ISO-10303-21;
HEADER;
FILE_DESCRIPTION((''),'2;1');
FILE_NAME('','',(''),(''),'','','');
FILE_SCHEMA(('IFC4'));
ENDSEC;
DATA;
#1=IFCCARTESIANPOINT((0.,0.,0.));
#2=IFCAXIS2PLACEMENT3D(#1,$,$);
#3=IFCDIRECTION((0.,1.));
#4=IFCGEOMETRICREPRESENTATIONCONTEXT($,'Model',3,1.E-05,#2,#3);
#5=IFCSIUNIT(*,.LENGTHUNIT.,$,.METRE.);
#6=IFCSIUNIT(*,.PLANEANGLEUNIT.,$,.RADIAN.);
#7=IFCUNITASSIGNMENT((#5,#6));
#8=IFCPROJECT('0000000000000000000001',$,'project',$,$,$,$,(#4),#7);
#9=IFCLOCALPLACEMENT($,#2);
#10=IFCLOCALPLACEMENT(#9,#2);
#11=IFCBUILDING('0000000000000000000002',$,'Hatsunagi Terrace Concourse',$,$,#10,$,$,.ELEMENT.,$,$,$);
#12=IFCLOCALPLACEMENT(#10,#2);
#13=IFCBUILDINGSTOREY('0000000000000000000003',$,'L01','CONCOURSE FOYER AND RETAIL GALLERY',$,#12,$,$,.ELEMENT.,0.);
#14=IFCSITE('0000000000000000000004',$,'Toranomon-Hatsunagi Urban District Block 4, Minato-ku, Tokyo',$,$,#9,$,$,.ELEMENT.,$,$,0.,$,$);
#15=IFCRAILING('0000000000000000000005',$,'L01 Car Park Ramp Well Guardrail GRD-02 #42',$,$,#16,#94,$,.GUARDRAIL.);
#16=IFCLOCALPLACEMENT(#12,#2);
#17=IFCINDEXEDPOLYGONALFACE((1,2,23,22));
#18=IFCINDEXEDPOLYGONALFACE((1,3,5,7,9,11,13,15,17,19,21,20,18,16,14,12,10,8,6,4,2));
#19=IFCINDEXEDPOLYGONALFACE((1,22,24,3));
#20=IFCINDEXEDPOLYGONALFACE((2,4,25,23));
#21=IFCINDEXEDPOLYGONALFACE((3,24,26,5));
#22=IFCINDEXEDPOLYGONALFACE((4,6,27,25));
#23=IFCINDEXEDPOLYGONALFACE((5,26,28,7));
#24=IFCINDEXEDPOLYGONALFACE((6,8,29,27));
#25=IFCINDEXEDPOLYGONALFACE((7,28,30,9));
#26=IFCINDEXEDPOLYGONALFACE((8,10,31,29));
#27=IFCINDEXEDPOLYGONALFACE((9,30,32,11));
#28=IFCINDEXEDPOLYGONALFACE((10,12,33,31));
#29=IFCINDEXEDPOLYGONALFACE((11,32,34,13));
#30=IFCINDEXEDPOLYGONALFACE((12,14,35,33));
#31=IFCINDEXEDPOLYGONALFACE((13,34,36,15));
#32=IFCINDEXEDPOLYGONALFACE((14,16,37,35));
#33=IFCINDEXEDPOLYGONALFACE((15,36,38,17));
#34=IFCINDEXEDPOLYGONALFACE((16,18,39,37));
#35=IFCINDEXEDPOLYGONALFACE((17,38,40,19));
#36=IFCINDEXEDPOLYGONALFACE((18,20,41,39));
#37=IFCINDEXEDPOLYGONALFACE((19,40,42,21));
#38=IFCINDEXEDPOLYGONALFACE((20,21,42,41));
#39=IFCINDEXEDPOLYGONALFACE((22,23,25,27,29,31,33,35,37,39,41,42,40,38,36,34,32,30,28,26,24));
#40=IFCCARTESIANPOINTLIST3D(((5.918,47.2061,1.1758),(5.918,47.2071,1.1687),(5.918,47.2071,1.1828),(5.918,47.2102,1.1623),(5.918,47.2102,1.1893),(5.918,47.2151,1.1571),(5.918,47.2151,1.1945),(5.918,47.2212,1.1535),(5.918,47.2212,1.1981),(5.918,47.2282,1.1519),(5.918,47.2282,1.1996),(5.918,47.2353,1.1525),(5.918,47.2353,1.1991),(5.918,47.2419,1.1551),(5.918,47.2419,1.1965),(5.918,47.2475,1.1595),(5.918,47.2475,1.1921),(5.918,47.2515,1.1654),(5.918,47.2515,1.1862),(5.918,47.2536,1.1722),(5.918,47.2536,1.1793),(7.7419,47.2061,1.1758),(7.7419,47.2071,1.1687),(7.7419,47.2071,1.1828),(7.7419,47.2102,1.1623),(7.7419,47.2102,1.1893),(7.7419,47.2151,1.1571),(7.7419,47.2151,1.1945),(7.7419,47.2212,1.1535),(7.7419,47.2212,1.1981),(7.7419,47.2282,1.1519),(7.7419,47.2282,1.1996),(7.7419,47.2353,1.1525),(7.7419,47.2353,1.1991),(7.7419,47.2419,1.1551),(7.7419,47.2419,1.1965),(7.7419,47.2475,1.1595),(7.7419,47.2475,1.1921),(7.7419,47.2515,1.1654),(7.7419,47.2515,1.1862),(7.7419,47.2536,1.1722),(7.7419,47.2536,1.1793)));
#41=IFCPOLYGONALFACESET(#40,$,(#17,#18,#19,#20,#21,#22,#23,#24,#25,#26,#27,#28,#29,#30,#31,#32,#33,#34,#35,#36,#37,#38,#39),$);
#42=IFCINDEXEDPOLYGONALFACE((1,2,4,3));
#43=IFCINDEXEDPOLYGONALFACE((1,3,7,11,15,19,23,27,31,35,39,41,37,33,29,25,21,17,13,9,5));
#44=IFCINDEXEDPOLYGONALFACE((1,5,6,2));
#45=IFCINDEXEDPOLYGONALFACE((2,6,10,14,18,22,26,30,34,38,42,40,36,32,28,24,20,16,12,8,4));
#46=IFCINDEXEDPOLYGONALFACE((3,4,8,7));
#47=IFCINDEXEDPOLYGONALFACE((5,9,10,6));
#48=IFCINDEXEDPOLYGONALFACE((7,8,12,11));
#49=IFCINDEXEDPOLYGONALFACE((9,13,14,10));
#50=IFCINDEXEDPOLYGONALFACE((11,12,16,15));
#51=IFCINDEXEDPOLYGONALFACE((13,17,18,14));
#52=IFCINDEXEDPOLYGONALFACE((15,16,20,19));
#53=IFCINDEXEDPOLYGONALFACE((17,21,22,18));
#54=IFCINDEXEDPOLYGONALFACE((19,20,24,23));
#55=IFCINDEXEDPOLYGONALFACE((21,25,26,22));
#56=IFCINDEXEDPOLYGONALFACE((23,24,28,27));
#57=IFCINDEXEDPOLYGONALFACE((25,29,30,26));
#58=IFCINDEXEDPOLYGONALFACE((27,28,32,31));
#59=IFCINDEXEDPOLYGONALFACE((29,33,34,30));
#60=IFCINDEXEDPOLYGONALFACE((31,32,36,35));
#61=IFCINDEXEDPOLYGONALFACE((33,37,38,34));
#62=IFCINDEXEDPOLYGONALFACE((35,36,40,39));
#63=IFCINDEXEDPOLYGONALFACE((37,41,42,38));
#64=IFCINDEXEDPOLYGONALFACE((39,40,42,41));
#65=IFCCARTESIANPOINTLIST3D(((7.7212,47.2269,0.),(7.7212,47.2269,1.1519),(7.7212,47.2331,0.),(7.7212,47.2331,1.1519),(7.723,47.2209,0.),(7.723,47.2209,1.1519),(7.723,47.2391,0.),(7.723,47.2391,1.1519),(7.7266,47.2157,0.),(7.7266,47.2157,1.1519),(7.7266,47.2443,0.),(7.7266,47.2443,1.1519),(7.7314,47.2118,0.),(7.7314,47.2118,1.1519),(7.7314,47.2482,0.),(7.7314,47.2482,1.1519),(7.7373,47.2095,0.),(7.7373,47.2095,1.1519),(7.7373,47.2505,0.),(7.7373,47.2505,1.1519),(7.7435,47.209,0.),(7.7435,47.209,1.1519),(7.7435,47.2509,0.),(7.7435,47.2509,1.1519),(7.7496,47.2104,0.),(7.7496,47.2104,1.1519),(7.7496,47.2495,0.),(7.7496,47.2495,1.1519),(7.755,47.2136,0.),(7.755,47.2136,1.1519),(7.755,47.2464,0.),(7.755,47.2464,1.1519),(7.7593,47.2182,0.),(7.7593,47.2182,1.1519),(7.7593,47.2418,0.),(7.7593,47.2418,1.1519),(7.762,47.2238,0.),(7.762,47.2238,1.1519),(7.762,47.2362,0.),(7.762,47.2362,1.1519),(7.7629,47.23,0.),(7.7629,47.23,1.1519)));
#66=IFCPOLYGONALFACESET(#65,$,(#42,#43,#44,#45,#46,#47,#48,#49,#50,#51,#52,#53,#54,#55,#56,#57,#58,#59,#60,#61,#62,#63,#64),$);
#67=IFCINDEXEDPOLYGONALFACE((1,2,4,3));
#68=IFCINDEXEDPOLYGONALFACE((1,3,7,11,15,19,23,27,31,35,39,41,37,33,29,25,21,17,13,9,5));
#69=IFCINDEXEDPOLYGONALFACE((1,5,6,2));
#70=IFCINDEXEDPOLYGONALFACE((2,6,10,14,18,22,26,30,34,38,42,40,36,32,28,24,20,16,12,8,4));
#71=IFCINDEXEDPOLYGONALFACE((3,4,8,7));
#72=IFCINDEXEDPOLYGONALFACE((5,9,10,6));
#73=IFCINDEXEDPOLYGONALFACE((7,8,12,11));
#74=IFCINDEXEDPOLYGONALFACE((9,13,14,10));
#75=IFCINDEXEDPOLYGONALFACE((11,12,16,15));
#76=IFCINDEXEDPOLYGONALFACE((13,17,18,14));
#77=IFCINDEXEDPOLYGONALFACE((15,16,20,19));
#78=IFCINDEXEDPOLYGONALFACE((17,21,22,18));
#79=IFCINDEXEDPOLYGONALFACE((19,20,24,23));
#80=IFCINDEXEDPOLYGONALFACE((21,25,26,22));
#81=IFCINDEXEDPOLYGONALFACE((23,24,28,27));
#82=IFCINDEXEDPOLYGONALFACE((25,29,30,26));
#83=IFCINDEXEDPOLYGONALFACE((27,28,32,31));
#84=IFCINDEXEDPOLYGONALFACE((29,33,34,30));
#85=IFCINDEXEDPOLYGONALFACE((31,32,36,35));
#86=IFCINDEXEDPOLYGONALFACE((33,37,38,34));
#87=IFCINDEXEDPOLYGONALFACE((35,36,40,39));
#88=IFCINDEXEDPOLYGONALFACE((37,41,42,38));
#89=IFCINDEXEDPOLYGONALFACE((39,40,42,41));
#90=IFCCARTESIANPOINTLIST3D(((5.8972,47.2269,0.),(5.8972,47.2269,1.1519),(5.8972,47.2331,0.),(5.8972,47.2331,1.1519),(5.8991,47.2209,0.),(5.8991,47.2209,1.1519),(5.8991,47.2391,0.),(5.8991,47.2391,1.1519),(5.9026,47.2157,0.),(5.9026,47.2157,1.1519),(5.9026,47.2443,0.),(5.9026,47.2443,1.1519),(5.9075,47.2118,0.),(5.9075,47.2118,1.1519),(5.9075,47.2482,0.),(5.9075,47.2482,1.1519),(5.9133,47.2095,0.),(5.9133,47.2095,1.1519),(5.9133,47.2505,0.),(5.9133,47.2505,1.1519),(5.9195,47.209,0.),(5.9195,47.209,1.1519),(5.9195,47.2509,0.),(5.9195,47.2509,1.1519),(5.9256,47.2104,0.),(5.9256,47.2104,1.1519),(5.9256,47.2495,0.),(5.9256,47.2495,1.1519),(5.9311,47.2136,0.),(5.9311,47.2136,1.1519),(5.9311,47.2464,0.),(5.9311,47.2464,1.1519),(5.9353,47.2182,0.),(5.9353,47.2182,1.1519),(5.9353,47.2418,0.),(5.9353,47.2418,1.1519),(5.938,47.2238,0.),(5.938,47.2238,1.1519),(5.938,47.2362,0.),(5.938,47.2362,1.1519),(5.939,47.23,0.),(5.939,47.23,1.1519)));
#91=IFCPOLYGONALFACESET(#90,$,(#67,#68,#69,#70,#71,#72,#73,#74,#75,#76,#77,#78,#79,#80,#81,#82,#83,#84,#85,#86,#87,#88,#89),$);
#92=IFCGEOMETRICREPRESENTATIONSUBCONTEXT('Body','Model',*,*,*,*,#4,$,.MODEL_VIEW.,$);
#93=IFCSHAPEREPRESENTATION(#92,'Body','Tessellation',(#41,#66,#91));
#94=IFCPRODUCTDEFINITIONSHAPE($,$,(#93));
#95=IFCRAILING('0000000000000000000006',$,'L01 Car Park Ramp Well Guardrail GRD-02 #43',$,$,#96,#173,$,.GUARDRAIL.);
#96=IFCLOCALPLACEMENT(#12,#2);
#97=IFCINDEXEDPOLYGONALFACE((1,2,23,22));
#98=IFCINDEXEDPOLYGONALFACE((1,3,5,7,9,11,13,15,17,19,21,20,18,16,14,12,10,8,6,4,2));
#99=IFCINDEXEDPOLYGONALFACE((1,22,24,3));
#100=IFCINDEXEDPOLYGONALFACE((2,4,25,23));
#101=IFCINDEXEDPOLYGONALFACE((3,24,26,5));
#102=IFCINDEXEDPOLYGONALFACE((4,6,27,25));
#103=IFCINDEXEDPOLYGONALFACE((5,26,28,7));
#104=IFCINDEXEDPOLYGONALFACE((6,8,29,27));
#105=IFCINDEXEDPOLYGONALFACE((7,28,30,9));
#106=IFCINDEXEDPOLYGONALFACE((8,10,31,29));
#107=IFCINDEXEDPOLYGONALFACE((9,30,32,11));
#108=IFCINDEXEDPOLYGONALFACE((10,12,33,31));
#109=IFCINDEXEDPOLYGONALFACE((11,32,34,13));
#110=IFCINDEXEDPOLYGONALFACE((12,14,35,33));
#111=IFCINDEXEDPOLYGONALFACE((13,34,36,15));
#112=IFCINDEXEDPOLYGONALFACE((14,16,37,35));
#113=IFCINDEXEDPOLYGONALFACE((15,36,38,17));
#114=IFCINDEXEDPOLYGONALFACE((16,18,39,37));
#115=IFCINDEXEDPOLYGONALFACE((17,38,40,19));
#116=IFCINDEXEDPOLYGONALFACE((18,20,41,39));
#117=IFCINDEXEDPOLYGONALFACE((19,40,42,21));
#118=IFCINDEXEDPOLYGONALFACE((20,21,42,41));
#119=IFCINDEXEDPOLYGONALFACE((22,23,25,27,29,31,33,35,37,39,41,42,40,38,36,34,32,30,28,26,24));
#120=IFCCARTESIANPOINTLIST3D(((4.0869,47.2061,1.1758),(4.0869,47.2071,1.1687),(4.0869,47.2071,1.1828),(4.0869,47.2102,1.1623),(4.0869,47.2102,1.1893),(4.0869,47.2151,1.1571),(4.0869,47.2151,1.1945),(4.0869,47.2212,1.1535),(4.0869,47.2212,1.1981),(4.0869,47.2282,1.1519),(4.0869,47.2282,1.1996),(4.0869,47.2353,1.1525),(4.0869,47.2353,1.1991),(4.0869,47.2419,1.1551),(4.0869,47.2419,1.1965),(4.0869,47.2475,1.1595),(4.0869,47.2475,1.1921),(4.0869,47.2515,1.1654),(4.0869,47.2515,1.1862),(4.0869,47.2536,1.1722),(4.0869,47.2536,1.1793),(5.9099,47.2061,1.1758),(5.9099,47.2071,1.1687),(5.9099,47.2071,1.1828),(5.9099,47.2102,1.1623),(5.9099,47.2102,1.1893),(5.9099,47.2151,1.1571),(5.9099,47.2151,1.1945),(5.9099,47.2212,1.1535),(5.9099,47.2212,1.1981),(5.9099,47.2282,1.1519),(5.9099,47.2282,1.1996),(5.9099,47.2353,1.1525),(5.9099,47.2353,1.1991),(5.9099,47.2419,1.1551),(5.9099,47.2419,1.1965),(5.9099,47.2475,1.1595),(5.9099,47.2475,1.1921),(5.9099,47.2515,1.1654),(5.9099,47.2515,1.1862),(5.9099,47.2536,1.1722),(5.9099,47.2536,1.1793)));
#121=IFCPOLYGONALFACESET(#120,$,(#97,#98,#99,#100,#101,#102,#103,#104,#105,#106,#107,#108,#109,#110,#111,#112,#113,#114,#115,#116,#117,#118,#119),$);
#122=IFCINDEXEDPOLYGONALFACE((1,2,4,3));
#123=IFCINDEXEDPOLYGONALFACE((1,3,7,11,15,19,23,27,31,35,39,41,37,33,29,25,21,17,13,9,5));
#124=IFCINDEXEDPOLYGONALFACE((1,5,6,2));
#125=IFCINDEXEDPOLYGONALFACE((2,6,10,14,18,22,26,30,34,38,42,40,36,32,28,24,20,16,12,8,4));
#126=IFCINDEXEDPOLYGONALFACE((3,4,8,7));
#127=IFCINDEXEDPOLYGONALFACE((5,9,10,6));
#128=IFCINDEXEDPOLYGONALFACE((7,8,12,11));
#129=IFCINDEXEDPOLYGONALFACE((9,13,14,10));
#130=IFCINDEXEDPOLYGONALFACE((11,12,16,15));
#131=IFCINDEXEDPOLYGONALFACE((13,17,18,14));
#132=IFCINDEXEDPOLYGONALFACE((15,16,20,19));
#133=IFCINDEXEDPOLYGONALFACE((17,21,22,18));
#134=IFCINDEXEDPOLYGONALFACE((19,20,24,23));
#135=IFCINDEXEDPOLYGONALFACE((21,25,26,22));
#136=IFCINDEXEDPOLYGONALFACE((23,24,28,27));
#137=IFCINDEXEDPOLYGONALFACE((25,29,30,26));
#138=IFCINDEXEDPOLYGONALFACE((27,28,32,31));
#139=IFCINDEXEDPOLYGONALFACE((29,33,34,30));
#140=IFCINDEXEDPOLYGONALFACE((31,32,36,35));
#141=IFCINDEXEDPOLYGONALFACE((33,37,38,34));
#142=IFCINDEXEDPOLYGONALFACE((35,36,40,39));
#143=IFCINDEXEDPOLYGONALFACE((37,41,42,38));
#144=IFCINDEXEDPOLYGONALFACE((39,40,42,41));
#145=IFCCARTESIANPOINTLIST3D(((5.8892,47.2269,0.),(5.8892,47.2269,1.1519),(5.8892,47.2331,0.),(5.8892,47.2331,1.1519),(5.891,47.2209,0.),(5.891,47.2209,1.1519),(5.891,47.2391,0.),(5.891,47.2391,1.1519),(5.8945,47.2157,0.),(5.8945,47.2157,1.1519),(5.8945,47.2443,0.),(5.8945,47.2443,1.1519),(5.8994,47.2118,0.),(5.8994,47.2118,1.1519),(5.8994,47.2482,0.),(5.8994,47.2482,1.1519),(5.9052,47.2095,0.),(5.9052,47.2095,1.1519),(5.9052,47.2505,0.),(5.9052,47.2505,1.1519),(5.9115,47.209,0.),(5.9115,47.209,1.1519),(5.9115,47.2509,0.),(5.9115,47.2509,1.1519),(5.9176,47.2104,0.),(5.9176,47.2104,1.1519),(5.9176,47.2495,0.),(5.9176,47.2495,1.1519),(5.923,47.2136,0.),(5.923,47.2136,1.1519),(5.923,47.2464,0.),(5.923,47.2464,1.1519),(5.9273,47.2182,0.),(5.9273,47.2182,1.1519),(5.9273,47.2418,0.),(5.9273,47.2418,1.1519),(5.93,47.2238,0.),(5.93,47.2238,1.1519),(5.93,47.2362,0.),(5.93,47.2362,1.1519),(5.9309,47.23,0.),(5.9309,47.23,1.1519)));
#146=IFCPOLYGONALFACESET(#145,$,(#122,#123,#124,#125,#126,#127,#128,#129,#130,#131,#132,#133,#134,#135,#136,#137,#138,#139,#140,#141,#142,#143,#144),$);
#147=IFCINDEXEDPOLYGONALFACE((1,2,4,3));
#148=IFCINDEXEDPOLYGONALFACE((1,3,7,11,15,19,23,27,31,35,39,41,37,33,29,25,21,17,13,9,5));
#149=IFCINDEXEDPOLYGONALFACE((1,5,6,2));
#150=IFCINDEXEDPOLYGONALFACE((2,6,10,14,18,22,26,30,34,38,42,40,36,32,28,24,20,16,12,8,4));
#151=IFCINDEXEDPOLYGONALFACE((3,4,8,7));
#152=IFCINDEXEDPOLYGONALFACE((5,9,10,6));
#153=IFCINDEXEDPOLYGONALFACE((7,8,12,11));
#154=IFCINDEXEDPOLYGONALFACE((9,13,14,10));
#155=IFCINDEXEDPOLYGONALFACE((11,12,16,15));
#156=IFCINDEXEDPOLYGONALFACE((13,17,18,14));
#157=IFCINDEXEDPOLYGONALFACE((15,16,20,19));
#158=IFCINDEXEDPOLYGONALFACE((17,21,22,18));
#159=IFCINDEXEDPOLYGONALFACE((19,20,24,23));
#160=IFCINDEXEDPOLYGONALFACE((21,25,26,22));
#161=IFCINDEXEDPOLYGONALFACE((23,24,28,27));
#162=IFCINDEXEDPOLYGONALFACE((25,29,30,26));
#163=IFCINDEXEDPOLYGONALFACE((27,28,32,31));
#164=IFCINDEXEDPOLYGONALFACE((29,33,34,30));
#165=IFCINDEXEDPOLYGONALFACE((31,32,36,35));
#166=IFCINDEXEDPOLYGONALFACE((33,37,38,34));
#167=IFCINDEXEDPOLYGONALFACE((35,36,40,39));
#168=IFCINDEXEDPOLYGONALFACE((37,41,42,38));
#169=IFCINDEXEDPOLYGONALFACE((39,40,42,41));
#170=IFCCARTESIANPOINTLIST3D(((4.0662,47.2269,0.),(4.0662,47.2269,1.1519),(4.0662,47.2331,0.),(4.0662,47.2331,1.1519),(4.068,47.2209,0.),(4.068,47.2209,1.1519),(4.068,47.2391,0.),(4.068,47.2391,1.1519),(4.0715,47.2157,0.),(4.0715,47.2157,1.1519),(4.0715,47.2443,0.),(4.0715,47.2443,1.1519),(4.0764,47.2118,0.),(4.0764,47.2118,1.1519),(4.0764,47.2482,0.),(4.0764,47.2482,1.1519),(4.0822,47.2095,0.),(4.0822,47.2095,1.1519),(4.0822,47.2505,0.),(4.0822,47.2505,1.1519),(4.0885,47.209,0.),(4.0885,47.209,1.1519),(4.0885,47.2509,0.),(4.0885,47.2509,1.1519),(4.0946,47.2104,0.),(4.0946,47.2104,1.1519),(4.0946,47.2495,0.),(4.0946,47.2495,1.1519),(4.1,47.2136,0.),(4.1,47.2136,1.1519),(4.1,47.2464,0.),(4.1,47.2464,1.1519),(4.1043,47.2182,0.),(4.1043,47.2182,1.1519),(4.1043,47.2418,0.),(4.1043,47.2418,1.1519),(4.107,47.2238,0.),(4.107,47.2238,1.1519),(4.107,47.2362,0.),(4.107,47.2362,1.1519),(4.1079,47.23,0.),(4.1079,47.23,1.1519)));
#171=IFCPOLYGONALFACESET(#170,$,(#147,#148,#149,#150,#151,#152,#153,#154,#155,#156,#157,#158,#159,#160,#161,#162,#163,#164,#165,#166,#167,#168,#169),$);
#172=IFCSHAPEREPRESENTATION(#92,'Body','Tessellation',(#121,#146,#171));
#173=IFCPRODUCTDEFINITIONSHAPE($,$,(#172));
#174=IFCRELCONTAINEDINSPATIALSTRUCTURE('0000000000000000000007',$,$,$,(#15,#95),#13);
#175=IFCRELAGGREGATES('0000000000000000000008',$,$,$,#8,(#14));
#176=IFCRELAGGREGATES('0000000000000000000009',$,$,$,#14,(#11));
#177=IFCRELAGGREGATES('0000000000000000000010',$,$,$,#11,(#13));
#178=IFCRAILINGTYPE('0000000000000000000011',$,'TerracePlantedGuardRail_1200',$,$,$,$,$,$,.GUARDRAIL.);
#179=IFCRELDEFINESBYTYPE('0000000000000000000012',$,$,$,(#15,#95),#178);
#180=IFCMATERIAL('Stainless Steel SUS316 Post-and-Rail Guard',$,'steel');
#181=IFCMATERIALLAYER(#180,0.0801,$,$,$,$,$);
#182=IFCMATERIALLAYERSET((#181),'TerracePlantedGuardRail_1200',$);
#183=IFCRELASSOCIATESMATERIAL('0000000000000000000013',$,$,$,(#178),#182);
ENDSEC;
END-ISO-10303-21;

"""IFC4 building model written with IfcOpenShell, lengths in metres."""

from ifc_helpers import new_model, si_unit, direction, frame, origin, origin_2d, place, context, subcontext, project, spatial, circle, extrude, material, layer, layer_set, type_object, element, save


model = new_model("IFC4")

# Units and contexts
model_context = context("Model", 3, precision=1e-05, world=origin(), true_north=direction((0.0, 1.0)))
body_context = subcontext(model_context, "Body", "Model", "MODEL_VIEW")
ifc_project = project(units=[si_unit("LENGTHUNIT", "METRE"), si_unit("PLANEANGLEUNIT", "RADIAN")], contexts=[model_context])

# Site, building, storey
site_placement = place(None, origin())
site = spatial("IfcSite", under=ifc_project, at=site_placement, Name="Toranomon-Hatsunagi Urban District Block 4, Minato-ku, Tokyo", CompositionType="ELEMENT", RefElevation=0.0)
building_placement = place(site_placement, origin())
building = spatial("IfcBuilding", under=site, at=building_placement, Name="Hatsunagi Terrace Concourse", CompositionType="ELEMENT")
storey_placement = place(building_placement, origin())
storey = spatial("IfcBuildingStorey", under=building, at=storey_placement, Name="L01", Description="CONCOURSE FOYER AND RETAIL GALLERY", CompositionType="ELEMENT", Elevation=0.0)

# Railings
ifc_material_1 = material(Name="Stainless Steel SUS316 Post-and-Rail Guard", Category="steel")
ifc_layer_1 = layer(ifc_material_1, 0.0801)
ifc_layer_set_1 = layer_set([ifc_layer_1], Name="TerracePlantedGuardRail_1200")
railing_type_1 = type_object("IfcRailingType", Name="TerracePlantedGuardRail_1200", PredefinedType="GUARDRAIL", material=ifc_layer_set_1)
railing_1_placement = place(storey_placement, frame((7.7419, 47.23, 0.0)))
element("IfcRailing", 1, at=railing_1_placement, inside=storey, type_object=railing_type_1, Name="L01 Car Park Ramp Well Guardrail GRD-02 #42", PredefinedType="GUARDRAIL", context=body_context, shape_type="SweptSolid", body=[
    extrude(circle(Radius=0.0239, at=origin_2d()), frame((0.0, 0.0, 1.1758), z_axis=(-1.0, 0.0, 0.0), x_axis=(0.0, -1.0, 0.0)), (0.0, 0.0, 1.0), 1.824),
    extrude(circle(Radius=0.021, at=origin_2d()), origin(), (0.0, 0.0, 1.0), 1.1519),
    extrude(circle(Radius=0.021, at=origin_2d()), frame((-1.824, 0.0, 0.0)), (0.0, 0.0, 1.0), 1.1519),
])
railing_2_placement = place(storey_placement, frame((5.9099, 47.23, 0.0)))
element("IfcRailing", 2, at=railing_2_placement, inside=storey, type_object=railing_type_1, Name="L01 Car Park Ramp Well Guardrail GRD-02 #43", PredefinedType="GUARDRAIL", context=body_context, shape_type="SweptSolid", body=[
    extrude(circle(Radius=0.0239, at=origin_2d()), frame((0.0, 0.0, 1.1758), z_axis=(-1.0, 0.0, 0.0), x_axis=(0.0, -1.0, 0.0)), (0.0, 0.0, 1.0), 1.823),
    extrude(circle(Radius=0.021, at=origin_2d()), origin(), (0.0, 0.0, 1.0), 1.1519),
    extrude(circle(Radius=0.021, at=origin_2d()), frame((-1.823, 0.0, 0.0)), (0.0, 0.0, 1.0), 1.1519),
])

save(model, "model.ifc")
